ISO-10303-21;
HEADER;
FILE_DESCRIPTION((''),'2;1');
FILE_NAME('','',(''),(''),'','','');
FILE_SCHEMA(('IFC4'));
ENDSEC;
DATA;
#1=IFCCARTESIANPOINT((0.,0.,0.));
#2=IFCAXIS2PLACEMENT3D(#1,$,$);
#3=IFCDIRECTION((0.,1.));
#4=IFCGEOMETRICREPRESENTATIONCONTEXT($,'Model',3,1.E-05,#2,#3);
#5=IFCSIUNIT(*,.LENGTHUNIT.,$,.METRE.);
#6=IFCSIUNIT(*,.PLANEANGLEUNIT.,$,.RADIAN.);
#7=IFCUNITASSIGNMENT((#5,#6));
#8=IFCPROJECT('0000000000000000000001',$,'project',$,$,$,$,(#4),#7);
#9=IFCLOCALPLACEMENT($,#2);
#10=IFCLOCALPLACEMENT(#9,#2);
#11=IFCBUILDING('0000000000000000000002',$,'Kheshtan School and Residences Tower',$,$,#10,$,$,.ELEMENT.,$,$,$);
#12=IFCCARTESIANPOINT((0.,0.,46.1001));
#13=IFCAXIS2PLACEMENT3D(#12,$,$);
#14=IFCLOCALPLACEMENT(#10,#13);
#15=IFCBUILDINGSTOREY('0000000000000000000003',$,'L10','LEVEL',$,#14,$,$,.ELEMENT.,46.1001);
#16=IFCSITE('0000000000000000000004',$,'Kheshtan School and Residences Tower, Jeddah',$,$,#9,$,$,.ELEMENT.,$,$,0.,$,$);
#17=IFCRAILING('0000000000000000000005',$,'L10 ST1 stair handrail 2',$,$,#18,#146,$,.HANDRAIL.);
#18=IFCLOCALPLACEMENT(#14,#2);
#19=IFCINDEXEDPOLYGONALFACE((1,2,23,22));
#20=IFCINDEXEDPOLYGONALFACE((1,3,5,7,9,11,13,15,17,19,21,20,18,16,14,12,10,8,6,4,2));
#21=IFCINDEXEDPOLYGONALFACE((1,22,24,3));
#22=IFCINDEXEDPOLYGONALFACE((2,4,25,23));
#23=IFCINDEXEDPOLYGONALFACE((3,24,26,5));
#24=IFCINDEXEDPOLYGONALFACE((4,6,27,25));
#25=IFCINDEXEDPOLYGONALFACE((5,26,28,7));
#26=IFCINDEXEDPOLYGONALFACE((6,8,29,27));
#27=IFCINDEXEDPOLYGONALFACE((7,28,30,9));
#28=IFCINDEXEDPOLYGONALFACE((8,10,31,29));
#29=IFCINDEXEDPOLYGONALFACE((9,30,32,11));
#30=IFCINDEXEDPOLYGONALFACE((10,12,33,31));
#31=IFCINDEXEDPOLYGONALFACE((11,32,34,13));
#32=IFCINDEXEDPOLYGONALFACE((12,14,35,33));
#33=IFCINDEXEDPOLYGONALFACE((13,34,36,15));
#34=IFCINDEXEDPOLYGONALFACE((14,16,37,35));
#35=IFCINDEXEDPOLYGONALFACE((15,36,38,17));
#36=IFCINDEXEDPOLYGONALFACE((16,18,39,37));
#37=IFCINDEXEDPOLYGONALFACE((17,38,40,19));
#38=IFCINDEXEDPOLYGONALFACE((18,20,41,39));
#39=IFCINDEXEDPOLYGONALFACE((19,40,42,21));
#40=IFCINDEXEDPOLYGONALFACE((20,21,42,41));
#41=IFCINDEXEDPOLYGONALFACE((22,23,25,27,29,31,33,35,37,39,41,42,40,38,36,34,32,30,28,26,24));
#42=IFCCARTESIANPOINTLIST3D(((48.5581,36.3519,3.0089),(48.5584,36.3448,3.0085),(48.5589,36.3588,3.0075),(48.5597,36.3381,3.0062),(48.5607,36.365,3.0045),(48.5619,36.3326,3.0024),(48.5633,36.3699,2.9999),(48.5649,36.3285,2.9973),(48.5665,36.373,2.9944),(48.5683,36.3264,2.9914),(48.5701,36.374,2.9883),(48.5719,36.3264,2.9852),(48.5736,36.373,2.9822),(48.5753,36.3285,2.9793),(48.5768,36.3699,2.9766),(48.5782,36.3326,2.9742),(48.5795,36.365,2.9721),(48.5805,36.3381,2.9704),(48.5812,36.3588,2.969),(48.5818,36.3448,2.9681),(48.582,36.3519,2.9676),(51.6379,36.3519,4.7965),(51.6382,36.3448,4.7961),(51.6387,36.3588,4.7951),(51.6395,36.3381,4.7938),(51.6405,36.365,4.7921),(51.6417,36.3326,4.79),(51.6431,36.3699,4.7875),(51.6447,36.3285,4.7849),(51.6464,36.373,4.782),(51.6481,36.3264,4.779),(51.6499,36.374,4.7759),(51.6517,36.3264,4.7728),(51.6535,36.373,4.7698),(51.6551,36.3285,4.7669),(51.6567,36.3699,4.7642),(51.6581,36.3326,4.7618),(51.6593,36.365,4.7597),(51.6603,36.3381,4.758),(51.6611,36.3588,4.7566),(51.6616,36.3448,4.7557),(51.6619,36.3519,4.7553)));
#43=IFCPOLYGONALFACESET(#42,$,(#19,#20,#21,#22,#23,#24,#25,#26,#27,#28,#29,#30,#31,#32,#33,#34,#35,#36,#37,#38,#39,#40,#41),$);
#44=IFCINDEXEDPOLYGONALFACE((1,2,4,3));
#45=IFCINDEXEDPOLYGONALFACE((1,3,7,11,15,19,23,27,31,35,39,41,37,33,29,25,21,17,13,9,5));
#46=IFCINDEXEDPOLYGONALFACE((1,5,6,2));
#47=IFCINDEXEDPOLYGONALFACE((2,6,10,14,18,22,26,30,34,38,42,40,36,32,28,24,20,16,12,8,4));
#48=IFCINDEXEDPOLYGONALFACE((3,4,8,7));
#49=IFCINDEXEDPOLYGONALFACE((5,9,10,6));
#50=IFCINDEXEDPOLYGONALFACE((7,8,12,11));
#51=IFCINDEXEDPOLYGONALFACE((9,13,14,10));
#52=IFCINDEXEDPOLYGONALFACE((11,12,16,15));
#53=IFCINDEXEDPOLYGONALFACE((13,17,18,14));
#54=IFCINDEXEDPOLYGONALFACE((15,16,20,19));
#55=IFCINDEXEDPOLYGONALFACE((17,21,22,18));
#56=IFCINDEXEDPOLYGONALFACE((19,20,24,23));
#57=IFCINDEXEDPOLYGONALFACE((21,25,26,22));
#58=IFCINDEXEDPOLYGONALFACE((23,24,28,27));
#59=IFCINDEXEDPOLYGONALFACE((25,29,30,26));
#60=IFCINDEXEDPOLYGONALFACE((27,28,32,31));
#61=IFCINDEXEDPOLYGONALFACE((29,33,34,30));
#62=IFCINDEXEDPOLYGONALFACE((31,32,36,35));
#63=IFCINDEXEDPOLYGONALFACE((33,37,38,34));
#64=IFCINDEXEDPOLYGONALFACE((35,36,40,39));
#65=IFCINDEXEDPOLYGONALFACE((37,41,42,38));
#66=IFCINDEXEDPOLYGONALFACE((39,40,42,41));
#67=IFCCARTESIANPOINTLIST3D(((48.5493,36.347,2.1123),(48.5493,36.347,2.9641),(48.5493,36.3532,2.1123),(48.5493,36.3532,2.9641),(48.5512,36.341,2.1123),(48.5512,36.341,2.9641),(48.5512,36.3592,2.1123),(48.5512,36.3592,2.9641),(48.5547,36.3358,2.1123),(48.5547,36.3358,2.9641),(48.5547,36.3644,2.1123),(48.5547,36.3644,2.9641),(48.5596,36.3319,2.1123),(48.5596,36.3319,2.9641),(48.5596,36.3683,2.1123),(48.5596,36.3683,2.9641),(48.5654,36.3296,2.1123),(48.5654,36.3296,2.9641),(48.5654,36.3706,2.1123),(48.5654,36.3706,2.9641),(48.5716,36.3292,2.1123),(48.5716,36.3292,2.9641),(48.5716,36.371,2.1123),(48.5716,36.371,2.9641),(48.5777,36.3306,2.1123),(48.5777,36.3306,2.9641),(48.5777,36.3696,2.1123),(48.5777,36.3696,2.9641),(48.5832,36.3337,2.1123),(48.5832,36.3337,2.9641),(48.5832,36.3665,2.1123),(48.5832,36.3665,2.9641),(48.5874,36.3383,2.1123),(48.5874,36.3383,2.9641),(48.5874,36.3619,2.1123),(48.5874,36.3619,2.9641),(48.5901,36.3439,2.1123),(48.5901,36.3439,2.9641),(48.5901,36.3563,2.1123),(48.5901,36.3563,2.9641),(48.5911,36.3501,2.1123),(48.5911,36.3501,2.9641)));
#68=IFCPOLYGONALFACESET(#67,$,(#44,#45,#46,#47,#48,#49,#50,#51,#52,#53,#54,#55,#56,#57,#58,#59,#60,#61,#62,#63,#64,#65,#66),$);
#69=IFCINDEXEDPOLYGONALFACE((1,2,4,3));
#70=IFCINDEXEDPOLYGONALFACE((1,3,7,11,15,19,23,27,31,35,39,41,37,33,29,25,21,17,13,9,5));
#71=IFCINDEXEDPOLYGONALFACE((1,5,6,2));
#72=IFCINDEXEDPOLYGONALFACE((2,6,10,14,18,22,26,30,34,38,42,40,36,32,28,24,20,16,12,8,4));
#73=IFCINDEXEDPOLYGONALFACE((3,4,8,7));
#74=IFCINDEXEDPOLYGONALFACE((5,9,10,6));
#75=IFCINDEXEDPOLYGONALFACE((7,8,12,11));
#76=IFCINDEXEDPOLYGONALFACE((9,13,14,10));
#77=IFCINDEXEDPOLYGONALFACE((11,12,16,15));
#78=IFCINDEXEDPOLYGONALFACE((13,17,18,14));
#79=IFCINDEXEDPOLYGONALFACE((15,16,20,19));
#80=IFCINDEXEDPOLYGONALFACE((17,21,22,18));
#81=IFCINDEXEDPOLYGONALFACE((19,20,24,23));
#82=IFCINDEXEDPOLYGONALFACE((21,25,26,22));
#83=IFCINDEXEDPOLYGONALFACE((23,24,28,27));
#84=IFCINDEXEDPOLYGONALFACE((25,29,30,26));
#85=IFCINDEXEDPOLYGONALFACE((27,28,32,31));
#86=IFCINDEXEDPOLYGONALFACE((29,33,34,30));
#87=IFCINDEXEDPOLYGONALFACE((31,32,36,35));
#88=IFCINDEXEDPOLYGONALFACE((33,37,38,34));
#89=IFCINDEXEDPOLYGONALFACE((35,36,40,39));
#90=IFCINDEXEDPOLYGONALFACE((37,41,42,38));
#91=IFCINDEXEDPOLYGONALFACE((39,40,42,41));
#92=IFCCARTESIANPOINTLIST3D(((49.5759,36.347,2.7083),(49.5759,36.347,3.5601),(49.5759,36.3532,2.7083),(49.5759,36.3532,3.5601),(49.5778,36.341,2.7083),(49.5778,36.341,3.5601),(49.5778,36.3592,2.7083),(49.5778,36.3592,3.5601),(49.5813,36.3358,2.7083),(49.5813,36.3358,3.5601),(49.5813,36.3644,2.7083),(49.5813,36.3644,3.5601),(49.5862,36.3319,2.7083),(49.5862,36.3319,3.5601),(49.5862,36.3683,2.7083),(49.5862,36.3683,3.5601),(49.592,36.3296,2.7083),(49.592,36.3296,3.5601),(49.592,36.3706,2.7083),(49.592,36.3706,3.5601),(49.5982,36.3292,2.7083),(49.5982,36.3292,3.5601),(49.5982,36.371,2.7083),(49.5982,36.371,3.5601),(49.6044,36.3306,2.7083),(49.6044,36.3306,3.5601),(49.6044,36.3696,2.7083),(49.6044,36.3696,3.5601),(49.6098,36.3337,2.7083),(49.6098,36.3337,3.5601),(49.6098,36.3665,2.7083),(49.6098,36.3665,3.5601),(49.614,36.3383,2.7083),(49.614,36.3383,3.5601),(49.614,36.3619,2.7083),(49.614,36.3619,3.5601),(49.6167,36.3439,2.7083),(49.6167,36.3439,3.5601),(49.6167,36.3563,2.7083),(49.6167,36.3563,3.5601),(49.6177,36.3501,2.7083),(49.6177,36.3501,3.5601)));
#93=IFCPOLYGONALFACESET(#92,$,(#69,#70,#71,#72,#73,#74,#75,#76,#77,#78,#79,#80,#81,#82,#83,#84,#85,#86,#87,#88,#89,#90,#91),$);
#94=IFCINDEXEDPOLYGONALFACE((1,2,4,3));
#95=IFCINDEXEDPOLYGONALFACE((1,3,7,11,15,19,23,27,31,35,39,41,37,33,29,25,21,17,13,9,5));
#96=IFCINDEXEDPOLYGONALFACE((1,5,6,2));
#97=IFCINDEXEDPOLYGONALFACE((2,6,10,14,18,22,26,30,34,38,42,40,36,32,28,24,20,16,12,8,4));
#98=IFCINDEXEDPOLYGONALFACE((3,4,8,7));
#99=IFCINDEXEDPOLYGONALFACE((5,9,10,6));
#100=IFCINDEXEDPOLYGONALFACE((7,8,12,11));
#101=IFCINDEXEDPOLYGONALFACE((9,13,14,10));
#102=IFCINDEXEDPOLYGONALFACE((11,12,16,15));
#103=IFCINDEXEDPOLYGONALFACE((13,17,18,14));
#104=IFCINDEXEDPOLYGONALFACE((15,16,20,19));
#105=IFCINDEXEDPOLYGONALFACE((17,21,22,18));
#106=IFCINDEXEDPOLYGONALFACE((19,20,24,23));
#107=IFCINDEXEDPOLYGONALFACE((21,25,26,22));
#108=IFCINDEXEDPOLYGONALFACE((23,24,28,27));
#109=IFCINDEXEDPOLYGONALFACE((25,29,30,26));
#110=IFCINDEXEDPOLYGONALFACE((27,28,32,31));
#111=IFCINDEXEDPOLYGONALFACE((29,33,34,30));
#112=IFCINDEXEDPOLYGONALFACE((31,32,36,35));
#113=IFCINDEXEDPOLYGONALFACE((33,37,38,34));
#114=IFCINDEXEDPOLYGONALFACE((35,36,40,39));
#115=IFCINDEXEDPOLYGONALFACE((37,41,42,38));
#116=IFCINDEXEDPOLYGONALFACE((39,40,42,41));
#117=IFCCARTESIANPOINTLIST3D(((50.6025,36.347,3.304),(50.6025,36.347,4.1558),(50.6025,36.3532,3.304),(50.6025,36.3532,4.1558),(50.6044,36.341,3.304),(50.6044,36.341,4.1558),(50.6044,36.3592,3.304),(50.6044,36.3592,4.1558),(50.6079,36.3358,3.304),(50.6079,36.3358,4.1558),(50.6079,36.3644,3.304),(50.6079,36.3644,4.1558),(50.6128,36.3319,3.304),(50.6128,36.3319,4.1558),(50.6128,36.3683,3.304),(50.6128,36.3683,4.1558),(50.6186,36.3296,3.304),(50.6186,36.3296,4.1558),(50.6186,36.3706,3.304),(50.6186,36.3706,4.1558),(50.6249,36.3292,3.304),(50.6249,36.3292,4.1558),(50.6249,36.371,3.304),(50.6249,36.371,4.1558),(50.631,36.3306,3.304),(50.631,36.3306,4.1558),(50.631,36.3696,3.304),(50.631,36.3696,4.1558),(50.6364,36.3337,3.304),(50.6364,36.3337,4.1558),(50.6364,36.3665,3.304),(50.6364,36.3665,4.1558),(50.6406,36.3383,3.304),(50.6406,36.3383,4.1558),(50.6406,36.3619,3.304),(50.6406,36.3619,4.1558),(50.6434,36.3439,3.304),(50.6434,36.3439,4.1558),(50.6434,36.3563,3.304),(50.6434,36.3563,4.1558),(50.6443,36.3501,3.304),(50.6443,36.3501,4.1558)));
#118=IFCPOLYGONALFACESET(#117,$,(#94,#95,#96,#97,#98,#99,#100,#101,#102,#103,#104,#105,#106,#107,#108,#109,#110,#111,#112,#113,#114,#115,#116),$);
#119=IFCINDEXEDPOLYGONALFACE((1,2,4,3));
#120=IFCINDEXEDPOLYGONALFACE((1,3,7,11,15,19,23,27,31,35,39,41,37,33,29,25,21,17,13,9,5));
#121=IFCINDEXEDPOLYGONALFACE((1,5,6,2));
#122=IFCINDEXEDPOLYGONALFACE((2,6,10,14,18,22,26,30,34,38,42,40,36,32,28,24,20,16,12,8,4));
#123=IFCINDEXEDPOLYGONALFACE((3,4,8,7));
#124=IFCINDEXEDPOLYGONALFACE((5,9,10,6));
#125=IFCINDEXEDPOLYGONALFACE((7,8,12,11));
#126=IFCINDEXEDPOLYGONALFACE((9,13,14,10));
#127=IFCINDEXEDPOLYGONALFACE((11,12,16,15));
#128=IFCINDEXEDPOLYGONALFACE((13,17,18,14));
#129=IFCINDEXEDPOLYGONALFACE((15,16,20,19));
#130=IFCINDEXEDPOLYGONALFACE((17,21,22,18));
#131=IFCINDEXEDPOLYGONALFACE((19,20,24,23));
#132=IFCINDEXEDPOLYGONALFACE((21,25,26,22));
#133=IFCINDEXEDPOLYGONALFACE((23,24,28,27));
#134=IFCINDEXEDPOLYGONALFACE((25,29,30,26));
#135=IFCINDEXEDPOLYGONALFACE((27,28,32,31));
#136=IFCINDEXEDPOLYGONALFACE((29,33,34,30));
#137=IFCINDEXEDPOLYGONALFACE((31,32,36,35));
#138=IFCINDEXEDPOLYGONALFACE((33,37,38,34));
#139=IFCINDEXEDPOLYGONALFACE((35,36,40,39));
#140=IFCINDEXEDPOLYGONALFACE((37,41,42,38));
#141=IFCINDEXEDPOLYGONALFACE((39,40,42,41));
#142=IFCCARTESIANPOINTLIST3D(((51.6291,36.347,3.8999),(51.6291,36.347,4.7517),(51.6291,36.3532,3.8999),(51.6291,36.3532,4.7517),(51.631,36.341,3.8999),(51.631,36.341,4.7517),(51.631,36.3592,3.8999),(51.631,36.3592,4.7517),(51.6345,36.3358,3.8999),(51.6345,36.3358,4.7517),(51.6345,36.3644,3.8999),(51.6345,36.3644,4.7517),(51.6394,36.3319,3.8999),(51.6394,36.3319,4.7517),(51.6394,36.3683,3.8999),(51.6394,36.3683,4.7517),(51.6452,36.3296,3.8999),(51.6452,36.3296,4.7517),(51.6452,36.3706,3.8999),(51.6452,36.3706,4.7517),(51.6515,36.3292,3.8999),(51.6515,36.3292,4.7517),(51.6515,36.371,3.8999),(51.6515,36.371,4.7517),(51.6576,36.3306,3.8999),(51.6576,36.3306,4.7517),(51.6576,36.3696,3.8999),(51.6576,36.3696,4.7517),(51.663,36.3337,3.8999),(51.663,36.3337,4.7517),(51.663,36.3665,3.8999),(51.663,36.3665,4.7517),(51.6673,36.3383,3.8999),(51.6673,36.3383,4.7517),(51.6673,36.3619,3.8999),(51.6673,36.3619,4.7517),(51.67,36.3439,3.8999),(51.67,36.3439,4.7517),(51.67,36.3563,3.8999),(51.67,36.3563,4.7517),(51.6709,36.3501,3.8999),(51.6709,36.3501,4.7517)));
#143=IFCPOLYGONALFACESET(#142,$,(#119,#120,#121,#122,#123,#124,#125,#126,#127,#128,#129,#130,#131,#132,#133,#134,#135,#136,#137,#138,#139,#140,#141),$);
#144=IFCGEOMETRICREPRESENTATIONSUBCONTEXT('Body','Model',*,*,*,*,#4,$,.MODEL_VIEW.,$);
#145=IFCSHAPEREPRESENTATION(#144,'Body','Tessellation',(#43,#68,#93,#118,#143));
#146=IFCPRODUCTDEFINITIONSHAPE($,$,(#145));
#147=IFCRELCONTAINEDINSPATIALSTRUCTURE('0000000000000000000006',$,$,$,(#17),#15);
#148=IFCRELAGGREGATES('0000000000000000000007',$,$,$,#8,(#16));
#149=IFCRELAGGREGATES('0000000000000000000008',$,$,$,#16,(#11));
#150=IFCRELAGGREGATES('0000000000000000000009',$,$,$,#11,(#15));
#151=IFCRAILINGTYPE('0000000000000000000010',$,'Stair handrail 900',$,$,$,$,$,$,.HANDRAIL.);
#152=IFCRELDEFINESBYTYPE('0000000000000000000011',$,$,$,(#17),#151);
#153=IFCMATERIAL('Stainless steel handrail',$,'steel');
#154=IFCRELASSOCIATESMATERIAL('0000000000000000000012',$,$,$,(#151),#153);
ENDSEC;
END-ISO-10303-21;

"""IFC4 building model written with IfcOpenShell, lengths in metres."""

from ifc_helpers import new_model, si_unit, direction, frame, origin, origin_2d, place, context, subcontext, project, spatial, circle, extrude, material, type_object, element, save


model = new_model("IFC4")

# Units and contexts
model_context = context("Model", 3, precision=1e-05, world=origin(), true_north=direction((0.0, 1.0)))
body_context = subcontext(model_context, "Body", "Model", "MODEL_VIEW")
ifc_project = project(units=[si_unit("LENGTHUNIT", "METRE"), si_unit("PLANEANGLEUNIT", "RADIAN")], contexts=[model_context])

# Site, building, storey
site_placement = place(None, origin())
site = spatial("IfcSite", under=ifc_project, at=site_placement, Name="Kheshtan School and Residences Tower, Jeddah", CompositionType="ELEMENT", RefElevation=0.0)
building_placement = place(site_placement, origin())
building = spatial("IfcBuilding", under=site, at=building_placement, Name="Kheshtan School and Residences Tower", CompositionType="ELEMENT")
storey_placement = place(building_placement, frame((0.0, 0.0, 46.1001)))
storey = spatial("IfcBuildingStorey", under=building, at=storey_placement, Name="L10", Description="LEVEL", CompositionType="ELEMENT", Elevation=46.1001)

# Railing
ifc_material_1 = material(Name="Stainless steel handrail", Category="steel")
railing_type = type_object("IfcRailingType", Name="Stair handrail 900", PredefinedType="HANDRAIL", material=ifc_material_1)
railing_placement = place(storey_placement, frame((48.5701, 36.3501, 2.1123)))
element("IfcRailing", 1, at=railing_placement, inside=storey, type_object=railing_type, Name="L10 ST1 stair handrail 2", PredefinedType="HANDRAIL", context=body_context, shape_type="SweptSolid", body=[
    extrude(circle(Radius=0.0239, at=origin_2d()), frame((0.0, 0.0, 0.876), z_axis=(0.864873, 0.0, 0.50199), x_axis=(0.0, 1.0, 0.0)), (0.0, 0.0, 1.0), 3.561),
    extrude(circle(Radius=0.021, at=origin_2d()), origin(), (0.0, 0.0, 1.0), 0.8518),
    extrude(circle(Radius=0.021, at=origin_2d()), frame((1.0266, 0.0, 0.5959)), (0.0, 0.0, 1.0), 0.8518),
    extrude(circle(Radius=0.021, at=origin_2d()), frame((2.0532, 0.0, 1.1917)), (0.0, 0.0, 1.0), 0.8518),
    extrude(circle(Radius=0.021, at=origin_2d()), frame((3.0798, 0.0, 1.7876)), (0.0, 0.0, 1.0), 0.8518),
])

save(model, "model.ifc")
